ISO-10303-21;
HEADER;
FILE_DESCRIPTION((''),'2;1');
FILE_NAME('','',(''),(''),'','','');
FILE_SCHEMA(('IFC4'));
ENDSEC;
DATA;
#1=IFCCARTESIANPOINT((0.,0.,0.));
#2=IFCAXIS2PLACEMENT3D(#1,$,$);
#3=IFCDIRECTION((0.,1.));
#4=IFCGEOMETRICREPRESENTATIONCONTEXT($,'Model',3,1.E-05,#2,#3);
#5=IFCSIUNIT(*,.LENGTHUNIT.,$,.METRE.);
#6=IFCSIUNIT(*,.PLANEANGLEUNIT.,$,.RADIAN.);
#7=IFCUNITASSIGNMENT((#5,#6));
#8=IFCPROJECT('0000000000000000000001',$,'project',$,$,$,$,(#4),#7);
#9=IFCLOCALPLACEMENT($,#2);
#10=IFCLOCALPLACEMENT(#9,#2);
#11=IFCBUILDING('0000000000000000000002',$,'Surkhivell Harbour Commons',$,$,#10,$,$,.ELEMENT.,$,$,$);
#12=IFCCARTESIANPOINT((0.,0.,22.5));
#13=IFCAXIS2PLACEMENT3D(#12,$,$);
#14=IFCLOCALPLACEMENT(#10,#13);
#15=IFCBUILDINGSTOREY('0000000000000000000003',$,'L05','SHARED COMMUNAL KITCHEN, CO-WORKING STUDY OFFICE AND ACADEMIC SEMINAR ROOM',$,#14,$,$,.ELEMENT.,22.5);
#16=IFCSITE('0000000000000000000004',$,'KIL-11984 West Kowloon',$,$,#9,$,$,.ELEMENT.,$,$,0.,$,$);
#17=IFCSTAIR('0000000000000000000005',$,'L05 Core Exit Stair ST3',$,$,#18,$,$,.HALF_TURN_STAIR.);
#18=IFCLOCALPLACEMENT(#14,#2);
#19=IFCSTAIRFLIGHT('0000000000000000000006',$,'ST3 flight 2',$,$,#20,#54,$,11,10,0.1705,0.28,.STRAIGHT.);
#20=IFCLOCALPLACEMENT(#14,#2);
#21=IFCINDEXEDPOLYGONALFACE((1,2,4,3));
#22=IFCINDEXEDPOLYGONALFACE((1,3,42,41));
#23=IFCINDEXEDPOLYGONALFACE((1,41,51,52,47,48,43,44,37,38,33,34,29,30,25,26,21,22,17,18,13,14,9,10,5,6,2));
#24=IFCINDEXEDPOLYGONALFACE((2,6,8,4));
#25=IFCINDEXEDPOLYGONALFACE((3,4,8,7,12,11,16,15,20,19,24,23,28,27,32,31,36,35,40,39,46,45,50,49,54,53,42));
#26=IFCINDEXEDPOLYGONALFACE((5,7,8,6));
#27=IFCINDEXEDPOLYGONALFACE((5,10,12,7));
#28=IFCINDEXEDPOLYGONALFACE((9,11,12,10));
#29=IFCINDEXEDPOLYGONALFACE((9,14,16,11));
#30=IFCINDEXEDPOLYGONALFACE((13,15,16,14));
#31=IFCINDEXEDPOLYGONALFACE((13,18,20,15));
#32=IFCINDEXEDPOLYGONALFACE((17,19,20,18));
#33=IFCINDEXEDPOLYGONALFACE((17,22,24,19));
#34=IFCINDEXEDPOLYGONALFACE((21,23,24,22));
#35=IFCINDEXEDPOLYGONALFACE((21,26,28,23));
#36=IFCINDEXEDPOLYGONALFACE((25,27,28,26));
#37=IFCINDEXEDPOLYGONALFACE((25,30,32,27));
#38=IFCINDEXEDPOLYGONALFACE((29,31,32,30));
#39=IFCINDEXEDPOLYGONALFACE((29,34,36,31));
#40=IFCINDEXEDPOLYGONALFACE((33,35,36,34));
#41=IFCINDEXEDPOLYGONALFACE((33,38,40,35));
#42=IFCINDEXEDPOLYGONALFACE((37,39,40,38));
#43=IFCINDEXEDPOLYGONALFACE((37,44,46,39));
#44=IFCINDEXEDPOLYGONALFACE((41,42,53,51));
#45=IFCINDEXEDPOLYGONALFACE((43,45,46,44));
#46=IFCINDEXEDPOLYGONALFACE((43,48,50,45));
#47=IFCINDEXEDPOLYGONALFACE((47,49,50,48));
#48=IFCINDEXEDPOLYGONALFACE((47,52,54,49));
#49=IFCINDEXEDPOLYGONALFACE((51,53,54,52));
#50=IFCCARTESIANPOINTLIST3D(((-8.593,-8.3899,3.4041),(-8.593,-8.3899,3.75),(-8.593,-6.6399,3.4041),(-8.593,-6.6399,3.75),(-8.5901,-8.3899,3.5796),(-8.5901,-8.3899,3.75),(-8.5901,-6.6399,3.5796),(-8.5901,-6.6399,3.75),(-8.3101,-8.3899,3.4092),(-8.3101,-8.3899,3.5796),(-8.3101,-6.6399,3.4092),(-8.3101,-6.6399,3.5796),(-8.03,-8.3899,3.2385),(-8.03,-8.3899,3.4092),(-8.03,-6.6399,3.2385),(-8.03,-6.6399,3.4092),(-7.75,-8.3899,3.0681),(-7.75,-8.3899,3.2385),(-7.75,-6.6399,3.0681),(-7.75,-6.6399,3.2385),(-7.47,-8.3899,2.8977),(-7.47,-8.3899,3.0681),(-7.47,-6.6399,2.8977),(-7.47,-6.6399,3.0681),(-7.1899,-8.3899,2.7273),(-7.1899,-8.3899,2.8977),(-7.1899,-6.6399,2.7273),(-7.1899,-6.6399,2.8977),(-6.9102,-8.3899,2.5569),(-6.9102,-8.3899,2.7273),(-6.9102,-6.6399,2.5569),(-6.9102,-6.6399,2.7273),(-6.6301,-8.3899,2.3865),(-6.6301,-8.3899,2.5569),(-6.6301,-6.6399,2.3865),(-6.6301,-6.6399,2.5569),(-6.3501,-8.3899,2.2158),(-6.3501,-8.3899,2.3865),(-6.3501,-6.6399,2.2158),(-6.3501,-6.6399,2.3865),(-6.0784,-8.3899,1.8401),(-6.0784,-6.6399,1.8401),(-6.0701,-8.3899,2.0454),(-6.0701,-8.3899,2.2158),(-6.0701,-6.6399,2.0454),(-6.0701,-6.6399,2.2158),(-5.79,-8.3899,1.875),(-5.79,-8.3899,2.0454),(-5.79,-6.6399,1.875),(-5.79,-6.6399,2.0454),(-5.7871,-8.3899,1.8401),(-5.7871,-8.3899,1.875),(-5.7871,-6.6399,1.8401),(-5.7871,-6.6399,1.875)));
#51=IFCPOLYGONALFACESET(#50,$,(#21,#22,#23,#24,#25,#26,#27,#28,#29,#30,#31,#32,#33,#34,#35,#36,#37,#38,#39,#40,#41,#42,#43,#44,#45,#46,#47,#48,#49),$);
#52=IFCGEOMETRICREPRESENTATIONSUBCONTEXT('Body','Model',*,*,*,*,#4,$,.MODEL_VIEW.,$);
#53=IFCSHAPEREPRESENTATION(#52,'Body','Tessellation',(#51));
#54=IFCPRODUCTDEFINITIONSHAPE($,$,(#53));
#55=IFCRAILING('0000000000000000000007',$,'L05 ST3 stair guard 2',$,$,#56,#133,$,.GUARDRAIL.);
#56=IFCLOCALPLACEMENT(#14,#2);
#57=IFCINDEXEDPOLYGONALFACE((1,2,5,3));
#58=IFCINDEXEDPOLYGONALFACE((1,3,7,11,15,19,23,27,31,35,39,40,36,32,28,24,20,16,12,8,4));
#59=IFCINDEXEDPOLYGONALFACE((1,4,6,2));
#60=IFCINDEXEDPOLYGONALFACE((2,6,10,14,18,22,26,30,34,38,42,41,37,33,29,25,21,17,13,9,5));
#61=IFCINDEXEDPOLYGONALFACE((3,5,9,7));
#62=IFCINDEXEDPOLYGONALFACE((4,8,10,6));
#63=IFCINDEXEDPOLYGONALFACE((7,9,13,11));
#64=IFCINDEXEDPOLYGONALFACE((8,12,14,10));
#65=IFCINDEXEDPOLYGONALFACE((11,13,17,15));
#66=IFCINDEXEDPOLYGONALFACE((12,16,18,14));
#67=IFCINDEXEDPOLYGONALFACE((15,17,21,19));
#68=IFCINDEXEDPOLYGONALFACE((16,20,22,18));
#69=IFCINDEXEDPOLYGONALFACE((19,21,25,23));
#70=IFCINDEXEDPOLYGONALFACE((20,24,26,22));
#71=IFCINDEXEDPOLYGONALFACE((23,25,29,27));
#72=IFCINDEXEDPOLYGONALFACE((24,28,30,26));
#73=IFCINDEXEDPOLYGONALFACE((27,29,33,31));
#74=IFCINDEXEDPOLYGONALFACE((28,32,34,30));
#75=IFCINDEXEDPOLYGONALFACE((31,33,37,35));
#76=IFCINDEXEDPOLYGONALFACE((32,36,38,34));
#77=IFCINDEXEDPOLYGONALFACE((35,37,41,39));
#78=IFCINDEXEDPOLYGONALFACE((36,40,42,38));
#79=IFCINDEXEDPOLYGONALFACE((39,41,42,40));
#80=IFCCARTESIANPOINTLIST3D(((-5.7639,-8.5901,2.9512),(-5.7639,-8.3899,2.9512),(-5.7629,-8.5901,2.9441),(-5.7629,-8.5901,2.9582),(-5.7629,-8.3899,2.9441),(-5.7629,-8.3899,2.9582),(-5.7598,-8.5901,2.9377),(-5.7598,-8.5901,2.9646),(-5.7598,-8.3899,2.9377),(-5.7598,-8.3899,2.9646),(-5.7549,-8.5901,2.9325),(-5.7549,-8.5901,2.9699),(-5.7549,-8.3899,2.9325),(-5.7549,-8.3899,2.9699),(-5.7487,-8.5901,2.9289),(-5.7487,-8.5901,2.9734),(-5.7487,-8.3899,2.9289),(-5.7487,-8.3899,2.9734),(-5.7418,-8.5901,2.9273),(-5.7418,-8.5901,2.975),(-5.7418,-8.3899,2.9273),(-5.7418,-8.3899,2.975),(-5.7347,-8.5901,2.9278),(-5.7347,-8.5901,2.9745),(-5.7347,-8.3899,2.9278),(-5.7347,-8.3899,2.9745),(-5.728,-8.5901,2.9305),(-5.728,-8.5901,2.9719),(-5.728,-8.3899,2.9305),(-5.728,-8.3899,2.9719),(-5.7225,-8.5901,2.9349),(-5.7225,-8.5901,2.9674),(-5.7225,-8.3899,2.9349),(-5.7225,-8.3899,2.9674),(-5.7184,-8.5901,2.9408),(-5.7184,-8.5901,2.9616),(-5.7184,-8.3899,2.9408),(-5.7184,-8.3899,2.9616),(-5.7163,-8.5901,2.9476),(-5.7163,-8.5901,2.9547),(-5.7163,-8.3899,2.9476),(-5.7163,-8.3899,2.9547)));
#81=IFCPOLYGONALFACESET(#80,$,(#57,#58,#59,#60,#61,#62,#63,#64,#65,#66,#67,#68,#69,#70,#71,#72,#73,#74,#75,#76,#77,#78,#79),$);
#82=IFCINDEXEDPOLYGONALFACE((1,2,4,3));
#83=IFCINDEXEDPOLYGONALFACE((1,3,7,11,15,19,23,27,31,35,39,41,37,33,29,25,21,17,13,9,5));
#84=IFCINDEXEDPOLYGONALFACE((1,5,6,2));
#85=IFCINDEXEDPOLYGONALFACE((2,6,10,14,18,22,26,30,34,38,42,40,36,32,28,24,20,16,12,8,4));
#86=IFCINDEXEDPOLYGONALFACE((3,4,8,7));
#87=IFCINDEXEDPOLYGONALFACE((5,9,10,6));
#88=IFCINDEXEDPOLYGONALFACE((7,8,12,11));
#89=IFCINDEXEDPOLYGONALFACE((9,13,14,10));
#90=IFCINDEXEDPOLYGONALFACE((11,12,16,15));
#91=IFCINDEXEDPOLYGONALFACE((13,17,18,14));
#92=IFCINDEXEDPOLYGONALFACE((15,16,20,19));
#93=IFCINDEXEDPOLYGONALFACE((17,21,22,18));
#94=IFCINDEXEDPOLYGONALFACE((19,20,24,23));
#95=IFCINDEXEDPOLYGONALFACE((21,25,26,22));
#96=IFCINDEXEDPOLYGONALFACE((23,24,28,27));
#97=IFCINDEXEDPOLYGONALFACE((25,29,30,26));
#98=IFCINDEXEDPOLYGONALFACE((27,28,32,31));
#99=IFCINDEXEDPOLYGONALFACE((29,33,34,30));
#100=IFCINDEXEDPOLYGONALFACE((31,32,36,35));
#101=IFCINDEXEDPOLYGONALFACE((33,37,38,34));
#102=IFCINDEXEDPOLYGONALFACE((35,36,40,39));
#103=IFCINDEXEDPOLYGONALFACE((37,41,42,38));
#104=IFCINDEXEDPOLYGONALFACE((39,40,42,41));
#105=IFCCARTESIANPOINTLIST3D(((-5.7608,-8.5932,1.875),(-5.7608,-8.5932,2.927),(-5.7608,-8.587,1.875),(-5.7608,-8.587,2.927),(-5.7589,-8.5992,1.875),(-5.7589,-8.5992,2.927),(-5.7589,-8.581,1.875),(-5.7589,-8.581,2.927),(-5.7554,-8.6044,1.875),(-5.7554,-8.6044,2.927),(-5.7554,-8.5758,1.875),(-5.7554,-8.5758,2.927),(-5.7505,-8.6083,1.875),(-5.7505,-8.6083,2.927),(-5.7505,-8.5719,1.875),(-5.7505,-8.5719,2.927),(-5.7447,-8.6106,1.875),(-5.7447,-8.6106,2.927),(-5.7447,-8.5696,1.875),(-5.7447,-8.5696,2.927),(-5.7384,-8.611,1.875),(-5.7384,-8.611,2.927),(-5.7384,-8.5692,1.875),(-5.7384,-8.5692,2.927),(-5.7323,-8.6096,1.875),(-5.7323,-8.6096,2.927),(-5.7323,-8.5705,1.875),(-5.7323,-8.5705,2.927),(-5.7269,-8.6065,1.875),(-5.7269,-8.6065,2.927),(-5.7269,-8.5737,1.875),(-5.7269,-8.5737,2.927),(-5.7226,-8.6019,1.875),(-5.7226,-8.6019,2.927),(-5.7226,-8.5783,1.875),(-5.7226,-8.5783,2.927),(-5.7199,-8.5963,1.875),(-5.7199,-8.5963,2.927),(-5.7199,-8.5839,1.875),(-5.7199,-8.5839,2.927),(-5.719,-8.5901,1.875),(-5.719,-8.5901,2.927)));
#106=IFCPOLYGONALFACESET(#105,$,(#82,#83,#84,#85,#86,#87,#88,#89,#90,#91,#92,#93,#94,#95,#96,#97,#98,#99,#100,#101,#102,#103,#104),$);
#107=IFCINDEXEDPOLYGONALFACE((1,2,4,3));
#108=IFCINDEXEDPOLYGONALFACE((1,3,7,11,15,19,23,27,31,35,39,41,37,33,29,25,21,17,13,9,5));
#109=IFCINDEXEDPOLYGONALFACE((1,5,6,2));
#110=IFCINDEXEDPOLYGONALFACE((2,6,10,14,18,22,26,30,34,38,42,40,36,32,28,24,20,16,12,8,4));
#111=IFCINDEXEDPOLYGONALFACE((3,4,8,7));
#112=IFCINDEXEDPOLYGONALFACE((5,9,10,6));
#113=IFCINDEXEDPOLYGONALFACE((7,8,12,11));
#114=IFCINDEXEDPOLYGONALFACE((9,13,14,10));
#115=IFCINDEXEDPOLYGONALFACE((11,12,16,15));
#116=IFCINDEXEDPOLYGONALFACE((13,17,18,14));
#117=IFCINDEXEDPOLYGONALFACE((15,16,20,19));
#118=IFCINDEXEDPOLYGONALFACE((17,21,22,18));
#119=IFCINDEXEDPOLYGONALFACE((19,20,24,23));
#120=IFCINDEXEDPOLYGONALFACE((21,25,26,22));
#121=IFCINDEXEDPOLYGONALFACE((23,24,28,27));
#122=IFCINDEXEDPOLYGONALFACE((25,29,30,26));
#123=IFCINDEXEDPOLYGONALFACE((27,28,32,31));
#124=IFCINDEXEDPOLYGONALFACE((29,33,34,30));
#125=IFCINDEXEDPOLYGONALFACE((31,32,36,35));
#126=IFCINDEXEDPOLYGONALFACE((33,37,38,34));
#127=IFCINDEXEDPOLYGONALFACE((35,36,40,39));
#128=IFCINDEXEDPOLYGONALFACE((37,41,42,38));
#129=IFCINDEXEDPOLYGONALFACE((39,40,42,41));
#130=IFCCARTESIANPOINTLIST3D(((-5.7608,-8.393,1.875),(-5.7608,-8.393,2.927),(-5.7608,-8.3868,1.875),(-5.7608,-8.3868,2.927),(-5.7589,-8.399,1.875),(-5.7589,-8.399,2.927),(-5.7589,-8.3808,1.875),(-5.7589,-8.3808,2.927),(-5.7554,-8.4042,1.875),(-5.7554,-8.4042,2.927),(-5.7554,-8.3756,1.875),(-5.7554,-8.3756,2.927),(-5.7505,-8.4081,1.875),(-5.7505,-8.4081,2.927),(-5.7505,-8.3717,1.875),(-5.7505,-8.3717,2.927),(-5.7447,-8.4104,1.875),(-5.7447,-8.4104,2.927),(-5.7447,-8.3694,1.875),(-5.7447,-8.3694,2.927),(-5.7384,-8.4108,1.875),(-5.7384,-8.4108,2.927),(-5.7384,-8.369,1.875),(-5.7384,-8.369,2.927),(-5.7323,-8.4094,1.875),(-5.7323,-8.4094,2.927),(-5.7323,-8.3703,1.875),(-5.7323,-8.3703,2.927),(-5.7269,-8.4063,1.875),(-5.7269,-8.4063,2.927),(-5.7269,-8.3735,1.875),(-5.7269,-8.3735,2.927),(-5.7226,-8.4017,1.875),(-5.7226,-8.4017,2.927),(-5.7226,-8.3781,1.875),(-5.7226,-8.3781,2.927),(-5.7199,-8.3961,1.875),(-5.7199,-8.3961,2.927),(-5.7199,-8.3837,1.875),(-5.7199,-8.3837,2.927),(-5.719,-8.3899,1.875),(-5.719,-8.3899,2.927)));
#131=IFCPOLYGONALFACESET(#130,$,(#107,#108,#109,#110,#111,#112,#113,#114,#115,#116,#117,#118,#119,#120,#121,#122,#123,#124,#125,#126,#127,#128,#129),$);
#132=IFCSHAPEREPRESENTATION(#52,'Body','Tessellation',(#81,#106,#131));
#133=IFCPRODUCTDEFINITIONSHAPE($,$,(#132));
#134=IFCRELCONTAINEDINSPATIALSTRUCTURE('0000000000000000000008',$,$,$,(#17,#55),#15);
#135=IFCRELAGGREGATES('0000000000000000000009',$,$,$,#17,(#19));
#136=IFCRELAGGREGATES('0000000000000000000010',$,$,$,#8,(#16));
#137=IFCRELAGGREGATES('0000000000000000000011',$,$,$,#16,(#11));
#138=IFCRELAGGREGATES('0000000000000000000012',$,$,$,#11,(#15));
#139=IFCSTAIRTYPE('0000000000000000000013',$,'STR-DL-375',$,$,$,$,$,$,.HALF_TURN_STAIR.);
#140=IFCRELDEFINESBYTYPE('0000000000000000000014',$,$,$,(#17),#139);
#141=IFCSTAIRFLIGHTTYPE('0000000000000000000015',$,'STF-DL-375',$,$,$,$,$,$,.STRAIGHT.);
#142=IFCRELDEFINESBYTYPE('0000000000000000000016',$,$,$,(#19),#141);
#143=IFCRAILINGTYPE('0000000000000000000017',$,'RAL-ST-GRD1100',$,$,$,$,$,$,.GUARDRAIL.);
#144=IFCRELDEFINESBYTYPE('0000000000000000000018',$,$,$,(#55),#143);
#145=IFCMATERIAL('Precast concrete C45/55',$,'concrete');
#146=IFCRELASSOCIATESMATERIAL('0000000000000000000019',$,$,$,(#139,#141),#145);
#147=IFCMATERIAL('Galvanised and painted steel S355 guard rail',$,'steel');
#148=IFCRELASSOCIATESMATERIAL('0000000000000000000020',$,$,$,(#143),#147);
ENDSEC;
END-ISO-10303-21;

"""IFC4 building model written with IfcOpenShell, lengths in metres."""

from ifc_helpers import new_model, si_unit, direction, frame, origin, origin_2d, place, context, subcontext, project, spatial, polyline, circle, outline, extrude, material, type_object, element, aggregate, save


model = new_model("IFC4")

# Units and contexts
model_context = context("Model", 3, precision=1e-05, world=origin(), true_north=direction((0.0, 1.0)))
body_context = subcontext(model_context, "Body", "Model", "MODEL_VIEW")
ifc_project = project(units=[si_unit("LENGTHUNIT", "METRE"), si_unit("PLANEANGLEUNIT", "RADIAN")], contexts=[model_context])

# Site, building, storey
site_placement = place(None, origin())
site = spatial("IfcSite", under=ifc_project, at=site_placement, Name="KIL-11984 West Kowloon", CompositionType="ELEMENT", RefElevation=0.0)
building_placement = place(site_placement, origin())
building = spatial("IfcBuilding", under=site, at=building_placement, Name="Surkhivell Harbour Commons", CompositionType="ELEMENT")
storey_placement = place(building_placement, frame((0.0, 0.0, 22.5)))
storey = spatial("IfcBuildingStorey", under=building, at=storey_placement, Name="L05", Description="SHARED COMMUNAL KITCHEN, CO-WORKING STUDY OFFICE AND ACADEMIC SEMINAR ROOM", CompositionType="ELEMENT", Elevation=22.5)

# Stair, stair flight
ifc_material_1 = material(Name="Precast concrete C45/55", Category="concrete")
stair_type = type_object("IfcStairType", Name="STR-DL-375", PredefinedType="HALF_TURN_STAIR", material=ifc_material_1)
stair_placement = place(storey_placement, origin())
stair = element("IfcStair", 1, at=stair_placement, inside=storey, type_object=stair_type, Name="L05 Core Exit Stair ST3", PredefinedType="HALF_TURN_STAIR")
stair_flight_type = type_object("IfcStairFlightType", Name="STF-DL-375", PredefinedType="STRAIGHT", material=ifc_material_1)
stair_flight_placement = place(storey_placement, frame((-5.79, -7.5149, 1.875), z_axis=(0.0, 0.0, 1.0), x_axis=(-1.0, 0.0, 0.0)))
stair_flight = element("IfcStairFlight", 2, at=stair_flight_placement, type_object=stair_flight_type, Name="ST3 flight 2", NumberOfRisers=11, NumberOfTreads=10, PredefinedType="STRAIGHT", RiserHeight=0.1705, TreadLength=0.28, context=body_context, shape_type="SweptSolid", body=[
    extrude(outline(polyline([(-0.0029, -0.0349), (-0.0029, 0.0), (0.0, 0.0), (0.0, 0.1704), (0.28, 0.1704), (0.28, 0.3408), (0.5601, 0.3408), (0.5601, 0.5115), (0.8401, 0.5115), (0.8401, 0.6819), (1.1201, 0.6819), (1.1201, 0.8523), (1.3999, 0.8523), (1.3999, 1.0227), (1.6799, 1.0227), (1.6799, 1.1931), (1.96, 1.1931), (1.96, 1.3635), (2.24, 1.3635), (2.24, 1.5342), (2.52, 1.5342), (2.52, 1.7046), (2.8, 1.7046), (2.8, 1.875), (2.803, 1.875), (2.803, 1.5291), (0.2883, -0.0349), (-0.0029, -0.0349)])), frame((0.0, 0.875, 0.0), z_axis=(0.0, -1.0, 0.0), x_axis=(1.0, 0.0, 0.0)), (0.0, 0.0, 1.0), 1.75),
])
aggregate(stair, [stair_flight])

# Railing
ifc_material_2 = material(Name="Galvanised and painted steel S355 guard rail", Category="steel")
railing_type_1 = type_object("IfcRailingType", Name="RAL-ST-GRD1100", PredefinedType="GUARDRAIL", material=ifc_material_2)
railing_1_placement = place(storey_placement, frame((-5.74, -8.5901, 1.875)))
element("IfcRailing", 3, at=railing_1_placement, inside=storey, type_object=railing_type_1, Name="L05 ST3 stair guard 2", PredefinedType="GUARDRAIL", context=body_context, shape_type="SweptSolid", body=[
    extrude(circle(Radius=0.0239, at=origin_2d()), frame((0.0, 0.0, 1.0762), z_axis=(0.0, 1.0, 0.0), x_axis=(-1.0, 0.0, 0.0)), (0.0, 0.0, 1.0), 0.2002),
    extrude(circle(Radius=0.021, at=origin_2d()), origin(), (0.0, 0.0, 1.0), 1.052),
    extrude(circle(Radius=0.021, at=origin_2d()), frame((0.0, 0.2002, 0.0)), (0.0, 0.0, 1.0), 1.052),
])

save(model, "model.ifc")
